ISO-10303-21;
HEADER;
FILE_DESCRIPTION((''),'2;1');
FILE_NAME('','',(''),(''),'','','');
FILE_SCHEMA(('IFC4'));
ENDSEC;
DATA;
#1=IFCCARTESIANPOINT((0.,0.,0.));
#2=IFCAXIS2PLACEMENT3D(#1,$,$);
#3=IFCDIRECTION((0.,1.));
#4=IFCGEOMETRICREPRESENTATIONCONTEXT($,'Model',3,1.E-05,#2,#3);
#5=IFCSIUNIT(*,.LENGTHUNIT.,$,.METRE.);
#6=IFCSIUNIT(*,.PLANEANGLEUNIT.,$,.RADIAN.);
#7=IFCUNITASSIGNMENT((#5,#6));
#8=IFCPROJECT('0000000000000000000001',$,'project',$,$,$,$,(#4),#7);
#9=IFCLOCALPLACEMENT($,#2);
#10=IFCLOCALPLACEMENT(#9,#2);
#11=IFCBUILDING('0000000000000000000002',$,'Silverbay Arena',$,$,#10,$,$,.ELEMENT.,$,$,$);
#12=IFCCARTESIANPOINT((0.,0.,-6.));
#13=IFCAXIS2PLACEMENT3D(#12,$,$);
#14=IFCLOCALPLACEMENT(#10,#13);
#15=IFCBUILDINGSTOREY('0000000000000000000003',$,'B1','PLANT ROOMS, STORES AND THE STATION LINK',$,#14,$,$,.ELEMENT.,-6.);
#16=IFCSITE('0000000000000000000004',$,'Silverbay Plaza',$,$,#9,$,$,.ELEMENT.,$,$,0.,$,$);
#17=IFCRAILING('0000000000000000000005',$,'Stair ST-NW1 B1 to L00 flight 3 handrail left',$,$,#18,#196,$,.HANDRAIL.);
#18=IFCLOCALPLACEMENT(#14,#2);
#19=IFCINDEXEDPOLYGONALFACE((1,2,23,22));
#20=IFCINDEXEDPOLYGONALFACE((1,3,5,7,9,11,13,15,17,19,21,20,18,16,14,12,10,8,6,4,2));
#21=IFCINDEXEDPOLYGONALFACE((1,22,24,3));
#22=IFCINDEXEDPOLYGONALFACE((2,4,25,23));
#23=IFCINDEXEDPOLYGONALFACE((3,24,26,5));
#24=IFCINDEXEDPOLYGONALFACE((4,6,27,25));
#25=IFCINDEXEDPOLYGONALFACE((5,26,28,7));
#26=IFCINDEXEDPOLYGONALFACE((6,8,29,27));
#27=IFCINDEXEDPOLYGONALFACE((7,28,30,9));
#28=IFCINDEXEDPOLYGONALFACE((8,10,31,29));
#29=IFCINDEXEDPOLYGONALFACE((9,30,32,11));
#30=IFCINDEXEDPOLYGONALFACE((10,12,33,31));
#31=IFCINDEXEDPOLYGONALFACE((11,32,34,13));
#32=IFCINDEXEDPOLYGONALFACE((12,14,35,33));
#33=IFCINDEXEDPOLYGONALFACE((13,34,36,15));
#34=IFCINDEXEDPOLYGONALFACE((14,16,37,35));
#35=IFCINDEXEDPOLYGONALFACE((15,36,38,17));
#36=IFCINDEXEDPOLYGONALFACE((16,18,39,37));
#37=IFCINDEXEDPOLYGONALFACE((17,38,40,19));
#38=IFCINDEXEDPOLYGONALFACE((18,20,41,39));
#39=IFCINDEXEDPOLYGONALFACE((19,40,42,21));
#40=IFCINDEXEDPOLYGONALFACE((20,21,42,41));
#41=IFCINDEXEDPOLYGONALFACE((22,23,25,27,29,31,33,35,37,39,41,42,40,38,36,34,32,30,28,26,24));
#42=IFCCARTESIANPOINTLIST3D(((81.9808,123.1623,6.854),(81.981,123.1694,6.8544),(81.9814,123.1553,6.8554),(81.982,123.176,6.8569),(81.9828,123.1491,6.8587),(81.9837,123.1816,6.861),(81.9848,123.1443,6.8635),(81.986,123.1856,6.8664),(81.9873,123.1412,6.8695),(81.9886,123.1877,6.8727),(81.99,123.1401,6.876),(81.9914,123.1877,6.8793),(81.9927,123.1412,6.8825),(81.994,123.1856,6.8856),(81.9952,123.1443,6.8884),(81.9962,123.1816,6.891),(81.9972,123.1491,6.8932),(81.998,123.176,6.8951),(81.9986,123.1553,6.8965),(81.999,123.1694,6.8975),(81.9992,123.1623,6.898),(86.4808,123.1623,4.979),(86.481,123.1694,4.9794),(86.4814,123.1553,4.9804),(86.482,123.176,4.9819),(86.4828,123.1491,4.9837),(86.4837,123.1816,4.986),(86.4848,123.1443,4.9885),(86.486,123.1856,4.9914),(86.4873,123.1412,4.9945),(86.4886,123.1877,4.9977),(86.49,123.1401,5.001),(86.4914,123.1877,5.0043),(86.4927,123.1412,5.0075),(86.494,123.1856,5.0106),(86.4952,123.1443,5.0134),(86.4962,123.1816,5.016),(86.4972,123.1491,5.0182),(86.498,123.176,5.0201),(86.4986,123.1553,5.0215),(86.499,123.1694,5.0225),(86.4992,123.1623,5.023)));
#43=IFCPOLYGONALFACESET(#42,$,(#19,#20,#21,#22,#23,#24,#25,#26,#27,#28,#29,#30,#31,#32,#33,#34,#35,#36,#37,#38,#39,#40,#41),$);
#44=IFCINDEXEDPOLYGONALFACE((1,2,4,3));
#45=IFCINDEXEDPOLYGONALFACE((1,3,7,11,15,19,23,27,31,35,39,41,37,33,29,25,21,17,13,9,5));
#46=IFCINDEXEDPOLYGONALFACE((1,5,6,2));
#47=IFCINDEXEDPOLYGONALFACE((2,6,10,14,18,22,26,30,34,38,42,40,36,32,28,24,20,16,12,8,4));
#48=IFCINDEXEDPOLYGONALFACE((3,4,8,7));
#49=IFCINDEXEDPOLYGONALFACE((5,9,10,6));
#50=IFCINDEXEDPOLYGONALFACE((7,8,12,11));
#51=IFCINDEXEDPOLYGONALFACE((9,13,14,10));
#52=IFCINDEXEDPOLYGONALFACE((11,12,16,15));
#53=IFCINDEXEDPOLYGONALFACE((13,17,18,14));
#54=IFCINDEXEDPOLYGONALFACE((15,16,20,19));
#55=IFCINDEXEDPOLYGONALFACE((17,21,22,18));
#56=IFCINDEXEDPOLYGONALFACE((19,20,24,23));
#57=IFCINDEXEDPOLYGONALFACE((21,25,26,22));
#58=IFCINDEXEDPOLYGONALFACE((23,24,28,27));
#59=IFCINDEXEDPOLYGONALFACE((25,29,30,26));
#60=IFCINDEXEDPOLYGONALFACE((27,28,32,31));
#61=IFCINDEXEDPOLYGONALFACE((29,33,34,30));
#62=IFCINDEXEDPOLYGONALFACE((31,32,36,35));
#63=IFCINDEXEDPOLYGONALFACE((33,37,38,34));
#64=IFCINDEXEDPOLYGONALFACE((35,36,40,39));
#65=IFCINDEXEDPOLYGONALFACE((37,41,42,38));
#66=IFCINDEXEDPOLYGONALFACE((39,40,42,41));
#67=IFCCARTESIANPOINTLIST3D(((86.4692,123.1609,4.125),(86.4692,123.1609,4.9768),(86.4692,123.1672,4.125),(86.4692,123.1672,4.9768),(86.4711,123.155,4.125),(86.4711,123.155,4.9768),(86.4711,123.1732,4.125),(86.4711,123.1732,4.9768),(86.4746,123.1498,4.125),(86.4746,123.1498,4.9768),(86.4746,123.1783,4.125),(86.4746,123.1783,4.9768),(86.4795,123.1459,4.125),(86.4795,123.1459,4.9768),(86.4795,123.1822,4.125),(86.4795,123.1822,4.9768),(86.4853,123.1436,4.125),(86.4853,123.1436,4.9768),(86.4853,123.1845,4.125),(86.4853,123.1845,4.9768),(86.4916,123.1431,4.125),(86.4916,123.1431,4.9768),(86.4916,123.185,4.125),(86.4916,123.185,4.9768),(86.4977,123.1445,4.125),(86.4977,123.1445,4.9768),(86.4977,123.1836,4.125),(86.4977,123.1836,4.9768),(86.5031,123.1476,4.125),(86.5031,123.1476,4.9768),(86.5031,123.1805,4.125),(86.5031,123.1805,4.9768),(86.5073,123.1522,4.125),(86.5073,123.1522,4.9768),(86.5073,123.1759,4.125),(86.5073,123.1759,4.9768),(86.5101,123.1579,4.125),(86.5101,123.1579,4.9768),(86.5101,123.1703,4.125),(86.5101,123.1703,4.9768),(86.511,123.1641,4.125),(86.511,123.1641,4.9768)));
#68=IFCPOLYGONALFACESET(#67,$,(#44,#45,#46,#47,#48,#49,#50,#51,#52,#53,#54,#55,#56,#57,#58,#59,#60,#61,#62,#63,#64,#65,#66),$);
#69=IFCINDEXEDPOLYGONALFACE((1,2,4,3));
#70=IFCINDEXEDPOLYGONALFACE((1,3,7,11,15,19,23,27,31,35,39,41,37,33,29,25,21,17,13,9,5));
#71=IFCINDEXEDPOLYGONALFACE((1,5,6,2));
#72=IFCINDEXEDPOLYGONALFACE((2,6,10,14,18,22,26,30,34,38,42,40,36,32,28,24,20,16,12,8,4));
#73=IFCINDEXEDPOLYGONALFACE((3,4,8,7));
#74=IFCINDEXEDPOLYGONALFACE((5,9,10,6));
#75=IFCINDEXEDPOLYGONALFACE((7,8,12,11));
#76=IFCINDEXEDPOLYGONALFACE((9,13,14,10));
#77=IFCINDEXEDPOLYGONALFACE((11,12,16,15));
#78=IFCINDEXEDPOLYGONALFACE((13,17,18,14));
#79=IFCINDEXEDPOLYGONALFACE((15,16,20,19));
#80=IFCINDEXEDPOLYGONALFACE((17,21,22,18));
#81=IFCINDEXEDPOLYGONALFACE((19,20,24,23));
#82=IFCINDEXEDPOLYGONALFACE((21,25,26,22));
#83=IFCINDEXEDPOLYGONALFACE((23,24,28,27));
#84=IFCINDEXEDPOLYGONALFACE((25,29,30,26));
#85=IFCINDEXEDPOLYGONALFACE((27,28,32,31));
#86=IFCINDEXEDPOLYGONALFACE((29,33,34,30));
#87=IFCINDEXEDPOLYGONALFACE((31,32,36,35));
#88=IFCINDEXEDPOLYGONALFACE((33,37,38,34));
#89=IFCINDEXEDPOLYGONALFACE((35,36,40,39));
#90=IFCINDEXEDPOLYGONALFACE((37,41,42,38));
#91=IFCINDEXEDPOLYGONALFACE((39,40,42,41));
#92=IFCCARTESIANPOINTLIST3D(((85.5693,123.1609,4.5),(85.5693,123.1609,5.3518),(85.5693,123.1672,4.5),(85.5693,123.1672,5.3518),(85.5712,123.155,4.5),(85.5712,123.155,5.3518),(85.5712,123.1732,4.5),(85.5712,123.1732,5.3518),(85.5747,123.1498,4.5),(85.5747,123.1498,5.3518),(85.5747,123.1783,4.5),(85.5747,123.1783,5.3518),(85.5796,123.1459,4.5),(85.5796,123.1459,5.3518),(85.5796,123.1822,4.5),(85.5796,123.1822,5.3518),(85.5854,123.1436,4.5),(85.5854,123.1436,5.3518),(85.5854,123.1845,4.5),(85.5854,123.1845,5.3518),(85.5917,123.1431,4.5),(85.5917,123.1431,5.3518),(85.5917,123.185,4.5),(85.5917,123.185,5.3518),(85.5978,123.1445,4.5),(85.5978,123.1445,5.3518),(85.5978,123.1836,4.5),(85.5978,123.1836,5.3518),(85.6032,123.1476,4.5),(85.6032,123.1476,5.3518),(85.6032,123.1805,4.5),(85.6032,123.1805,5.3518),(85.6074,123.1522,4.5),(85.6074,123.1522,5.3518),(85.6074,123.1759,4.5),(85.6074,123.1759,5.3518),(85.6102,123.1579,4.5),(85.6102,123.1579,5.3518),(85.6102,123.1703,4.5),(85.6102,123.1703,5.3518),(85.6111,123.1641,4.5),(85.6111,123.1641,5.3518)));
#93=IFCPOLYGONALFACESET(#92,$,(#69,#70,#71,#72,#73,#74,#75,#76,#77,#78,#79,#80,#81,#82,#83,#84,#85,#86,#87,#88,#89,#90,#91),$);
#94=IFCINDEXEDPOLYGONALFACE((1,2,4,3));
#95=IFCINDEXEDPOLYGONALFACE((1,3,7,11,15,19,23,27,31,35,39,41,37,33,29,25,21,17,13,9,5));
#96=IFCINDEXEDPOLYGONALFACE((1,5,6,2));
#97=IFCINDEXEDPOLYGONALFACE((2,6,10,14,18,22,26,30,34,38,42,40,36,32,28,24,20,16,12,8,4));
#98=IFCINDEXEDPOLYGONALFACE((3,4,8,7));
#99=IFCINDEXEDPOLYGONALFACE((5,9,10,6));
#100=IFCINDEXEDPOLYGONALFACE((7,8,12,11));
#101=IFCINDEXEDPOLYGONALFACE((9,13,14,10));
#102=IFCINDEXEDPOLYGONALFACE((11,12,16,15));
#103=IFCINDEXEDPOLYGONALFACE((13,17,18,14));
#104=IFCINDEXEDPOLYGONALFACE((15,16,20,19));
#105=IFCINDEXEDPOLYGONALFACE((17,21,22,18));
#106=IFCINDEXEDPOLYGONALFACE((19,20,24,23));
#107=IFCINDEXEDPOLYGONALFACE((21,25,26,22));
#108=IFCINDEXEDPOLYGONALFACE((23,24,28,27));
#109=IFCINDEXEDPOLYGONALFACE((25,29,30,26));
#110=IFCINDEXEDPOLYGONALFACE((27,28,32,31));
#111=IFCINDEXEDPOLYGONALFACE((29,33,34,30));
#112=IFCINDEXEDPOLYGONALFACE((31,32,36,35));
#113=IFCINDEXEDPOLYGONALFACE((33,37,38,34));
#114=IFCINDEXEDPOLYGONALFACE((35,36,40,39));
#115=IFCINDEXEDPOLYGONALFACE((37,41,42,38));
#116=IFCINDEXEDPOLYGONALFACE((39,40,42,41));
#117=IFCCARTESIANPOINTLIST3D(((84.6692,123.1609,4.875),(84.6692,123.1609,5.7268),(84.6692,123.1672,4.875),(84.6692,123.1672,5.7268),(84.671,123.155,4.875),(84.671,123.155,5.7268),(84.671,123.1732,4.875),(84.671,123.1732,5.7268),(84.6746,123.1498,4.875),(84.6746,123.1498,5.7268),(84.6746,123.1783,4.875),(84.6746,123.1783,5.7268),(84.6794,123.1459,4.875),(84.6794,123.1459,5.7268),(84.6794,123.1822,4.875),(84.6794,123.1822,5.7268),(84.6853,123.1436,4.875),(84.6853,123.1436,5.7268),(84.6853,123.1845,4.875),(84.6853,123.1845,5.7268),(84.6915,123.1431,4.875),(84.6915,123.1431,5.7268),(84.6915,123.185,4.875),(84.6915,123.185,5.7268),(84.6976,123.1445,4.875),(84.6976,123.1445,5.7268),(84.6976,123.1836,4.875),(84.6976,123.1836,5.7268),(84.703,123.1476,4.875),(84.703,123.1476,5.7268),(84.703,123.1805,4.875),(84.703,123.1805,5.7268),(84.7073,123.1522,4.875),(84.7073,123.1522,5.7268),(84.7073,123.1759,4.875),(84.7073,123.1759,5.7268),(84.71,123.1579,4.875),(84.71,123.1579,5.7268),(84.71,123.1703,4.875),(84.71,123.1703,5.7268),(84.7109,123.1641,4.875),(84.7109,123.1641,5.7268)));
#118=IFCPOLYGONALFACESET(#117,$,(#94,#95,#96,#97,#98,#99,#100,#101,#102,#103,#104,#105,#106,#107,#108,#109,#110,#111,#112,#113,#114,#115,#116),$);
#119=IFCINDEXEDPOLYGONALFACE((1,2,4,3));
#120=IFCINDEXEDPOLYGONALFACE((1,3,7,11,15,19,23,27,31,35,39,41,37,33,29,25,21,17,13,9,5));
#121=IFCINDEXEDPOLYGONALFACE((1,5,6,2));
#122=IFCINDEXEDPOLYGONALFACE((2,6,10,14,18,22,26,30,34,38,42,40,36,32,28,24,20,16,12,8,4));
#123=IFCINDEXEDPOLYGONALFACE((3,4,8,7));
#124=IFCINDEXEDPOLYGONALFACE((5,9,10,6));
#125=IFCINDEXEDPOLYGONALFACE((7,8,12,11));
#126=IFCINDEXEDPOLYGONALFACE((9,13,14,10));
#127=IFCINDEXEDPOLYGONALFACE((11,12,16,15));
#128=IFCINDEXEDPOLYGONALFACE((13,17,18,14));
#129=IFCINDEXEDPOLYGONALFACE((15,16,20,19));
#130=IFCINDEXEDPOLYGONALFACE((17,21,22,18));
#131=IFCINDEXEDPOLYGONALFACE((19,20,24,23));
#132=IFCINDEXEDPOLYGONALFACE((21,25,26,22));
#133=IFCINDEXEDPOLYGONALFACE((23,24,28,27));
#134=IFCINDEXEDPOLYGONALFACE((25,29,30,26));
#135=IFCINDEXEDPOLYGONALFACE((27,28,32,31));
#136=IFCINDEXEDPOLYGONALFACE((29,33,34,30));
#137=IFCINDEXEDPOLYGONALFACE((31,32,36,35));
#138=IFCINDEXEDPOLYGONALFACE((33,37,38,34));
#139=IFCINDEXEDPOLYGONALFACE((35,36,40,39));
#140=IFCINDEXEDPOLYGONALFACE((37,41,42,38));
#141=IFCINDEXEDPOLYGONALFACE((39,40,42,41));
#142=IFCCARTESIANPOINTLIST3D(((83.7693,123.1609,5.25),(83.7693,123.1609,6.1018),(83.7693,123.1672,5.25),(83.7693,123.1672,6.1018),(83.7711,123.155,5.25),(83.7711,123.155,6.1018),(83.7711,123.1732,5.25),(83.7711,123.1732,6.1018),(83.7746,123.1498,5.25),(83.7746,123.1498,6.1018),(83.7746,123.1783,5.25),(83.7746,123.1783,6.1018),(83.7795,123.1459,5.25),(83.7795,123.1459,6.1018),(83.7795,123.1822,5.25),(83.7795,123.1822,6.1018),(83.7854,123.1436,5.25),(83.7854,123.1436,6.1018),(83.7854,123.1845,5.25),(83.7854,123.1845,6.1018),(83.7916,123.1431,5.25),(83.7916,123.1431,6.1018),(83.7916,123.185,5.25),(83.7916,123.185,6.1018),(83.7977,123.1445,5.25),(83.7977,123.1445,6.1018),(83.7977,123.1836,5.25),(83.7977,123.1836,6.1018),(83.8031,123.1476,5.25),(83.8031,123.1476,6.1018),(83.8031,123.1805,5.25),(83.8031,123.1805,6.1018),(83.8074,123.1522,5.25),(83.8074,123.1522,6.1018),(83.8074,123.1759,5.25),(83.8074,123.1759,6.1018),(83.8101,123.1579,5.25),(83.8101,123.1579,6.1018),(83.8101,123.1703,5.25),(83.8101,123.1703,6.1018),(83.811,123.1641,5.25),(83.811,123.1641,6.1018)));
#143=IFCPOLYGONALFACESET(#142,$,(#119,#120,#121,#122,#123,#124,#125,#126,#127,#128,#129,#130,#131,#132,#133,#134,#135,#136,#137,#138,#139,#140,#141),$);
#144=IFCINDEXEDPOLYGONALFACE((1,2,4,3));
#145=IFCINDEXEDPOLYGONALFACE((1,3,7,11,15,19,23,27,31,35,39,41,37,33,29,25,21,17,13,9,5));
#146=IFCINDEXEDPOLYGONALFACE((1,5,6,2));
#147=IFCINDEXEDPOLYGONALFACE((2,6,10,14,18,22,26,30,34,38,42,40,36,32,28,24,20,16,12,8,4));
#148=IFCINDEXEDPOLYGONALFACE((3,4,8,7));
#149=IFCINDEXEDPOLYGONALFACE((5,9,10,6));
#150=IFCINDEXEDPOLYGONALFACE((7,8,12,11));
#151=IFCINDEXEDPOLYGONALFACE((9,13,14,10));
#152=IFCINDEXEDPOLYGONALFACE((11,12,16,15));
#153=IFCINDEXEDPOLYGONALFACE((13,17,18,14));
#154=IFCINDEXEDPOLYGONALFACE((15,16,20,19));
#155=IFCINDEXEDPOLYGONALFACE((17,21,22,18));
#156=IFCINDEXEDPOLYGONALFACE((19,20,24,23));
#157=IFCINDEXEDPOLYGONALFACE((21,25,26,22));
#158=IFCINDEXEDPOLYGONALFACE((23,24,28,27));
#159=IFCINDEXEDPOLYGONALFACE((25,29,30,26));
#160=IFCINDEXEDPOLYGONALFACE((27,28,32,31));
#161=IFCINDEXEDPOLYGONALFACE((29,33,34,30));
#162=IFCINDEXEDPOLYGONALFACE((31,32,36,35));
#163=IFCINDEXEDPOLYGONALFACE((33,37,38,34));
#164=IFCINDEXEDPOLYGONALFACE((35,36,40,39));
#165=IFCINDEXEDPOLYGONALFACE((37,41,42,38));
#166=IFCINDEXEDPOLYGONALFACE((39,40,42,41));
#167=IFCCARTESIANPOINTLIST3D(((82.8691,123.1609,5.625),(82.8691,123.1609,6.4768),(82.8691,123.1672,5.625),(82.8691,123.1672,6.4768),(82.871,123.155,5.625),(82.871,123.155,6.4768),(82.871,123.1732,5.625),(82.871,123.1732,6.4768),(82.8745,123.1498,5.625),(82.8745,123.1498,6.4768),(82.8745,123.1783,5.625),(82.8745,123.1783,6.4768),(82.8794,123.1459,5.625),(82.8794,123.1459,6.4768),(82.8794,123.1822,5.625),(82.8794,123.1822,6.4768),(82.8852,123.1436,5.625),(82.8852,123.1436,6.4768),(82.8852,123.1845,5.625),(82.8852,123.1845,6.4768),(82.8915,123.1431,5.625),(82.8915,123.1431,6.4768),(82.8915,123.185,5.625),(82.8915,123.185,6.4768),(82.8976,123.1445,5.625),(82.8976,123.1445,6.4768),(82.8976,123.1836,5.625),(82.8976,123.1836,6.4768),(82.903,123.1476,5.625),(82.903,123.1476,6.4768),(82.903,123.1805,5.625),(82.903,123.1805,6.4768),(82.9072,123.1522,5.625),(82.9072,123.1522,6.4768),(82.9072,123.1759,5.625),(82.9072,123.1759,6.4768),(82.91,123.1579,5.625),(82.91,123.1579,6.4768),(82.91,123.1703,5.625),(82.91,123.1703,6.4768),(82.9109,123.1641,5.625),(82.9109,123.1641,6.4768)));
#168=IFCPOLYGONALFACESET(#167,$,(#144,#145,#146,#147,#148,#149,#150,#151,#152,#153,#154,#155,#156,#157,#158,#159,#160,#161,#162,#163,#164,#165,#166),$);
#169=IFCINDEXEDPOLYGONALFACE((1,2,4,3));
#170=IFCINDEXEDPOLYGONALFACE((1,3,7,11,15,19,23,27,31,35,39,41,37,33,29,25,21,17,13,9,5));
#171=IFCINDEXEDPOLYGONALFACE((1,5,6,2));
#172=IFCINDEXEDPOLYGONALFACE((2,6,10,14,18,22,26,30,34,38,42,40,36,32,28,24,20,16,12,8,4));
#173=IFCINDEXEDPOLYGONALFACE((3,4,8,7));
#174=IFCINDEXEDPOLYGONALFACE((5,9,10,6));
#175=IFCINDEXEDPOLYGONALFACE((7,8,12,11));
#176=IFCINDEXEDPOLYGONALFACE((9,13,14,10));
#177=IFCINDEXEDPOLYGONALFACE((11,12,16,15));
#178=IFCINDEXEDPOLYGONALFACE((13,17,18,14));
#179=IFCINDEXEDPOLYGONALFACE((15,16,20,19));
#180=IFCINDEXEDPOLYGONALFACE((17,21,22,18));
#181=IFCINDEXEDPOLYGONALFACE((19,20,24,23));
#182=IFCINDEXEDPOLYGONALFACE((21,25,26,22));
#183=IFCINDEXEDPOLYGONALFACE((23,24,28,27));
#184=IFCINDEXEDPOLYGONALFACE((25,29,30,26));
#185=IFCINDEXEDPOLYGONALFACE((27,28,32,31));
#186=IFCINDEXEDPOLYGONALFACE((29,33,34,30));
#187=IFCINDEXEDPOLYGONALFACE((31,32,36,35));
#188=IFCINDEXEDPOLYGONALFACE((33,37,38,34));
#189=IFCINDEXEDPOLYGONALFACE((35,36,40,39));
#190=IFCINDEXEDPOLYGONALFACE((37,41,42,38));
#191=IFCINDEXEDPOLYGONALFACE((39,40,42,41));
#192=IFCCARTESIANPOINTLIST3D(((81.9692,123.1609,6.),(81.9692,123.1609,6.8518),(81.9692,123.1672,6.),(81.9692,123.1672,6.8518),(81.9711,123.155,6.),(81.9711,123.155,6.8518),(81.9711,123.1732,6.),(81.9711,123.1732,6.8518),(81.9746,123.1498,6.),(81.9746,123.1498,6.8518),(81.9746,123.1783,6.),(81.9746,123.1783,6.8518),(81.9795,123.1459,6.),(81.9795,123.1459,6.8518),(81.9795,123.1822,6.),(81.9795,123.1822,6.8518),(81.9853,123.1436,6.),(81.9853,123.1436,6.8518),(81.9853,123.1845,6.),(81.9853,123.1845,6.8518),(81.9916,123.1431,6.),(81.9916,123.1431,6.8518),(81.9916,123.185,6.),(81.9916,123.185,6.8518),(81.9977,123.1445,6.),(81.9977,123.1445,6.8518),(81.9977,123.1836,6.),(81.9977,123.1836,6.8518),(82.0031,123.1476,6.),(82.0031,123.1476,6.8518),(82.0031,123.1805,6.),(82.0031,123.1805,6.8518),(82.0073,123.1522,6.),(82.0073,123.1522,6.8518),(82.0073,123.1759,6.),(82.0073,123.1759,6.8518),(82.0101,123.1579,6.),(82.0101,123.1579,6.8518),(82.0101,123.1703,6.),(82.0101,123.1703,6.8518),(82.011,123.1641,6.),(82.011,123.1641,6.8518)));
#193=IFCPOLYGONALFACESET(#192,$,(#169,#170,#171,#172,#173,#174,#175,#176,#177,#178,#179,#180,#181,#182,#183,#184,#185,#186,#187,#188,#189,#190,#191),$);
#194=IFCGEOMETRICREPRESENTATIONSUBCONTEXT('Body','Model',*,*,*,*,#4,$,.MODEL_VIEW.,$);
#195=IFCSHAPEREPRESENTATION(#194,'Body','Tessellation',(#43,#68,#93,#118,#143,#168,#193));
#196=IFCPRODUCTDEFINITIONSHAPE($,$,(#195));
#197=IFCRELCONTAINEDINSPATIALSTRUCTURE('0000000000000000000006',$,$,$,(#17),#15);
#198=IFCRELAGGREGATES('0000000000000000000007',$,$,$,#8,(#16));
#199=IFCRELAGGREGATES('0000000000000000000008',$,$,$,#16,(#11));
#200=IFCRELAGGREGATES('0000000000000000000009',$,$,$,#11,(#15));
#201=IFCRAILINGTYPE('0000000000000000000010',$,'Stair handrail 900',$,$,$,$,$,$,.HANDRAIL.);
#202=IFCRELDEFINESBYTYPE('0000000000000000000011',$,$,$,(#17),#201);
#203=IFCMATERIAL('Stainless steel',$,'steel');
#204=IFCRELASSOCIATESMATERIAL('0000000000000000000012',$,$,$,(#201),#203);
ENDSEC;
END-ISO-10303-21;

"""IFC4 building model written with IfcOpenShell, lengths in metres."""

from ifc_helpers import new_model, si_unit, direction, frame, origin, origin_2d, place, context, subcontext, project, spatial, circle, extrude, material, type_object, element, save


model = new_model("IFC4")

# Units and contexts
model_context = context("Model", 3, precision=1e-05, world=origin(), true_north=direction((0.0, 1.0)))
body_context = subcontext(model_context, "Body", "Model", "MODEL_VIEW")
ifc_project = project(units=[si_unit("LENGTHUNIT", "METRE"), si_unit("PLANEANGLEUNIT", "RADIAN")], contexts=[model_context])

# Site, building, storey
site_placement = place(None, origin())
site = spatial("IfcSite", under=ifc_project, at=site_placement, Name="Silverbay Plaza", CompositionType="ELEMENT", RefElevation=0.0)
building_placement = place(site_placement, origin())
building = spatial("IfcBuilding", under=site, at=building_placement, Name="Silverbay Arena", CompositionType="ELEMENT")
storey_placement = place(building_placement, frame((0.0, 0.0, -6.0)))
storey = spatial("IfcBuildingStorey", under=building, at=storey_placement, Name="B1", Description="PLANT ROOMS, STORES AND THE STATION LINK", CompositionType="ELEMENT", Elevation=-6.0)

# Railing
ifc_material_1 = material(Name="Stainless steel", Category="steel")
railing_type_1 = type_object("IfcRailingType", Name="Stair handrail 900", PredefinedType="HANDRAIL", material=ifc_material_1)
for number, where, name in (
    (1, (86.49, 123.1641, 4.125), "Stair ST-NW1 B1 to L00 flight 3 handrail left"),
):
    element("IfcRailing", number, at=place(storey_placement, frame(where)), inside=storey, type_object=railing_type_1, Name=name, PredefinedType="HANDRAIL", context=body_context, shape_type="SweptSolid", body=[
        extrude(circle(Radius=0.0239, at=origin_2d()), frame((0.0, 0.0, 0.876), z_axis=(-0.923077, 0.0, 0.384615), x_axis=(0.0, -1.0, 0.0)), (0.0, 0.0, 1.0), 4.875),
        extrude(circle(Radius=0.021, at=origin_2d()), origin(), (0.0, 0.0, 1.0), 0.8518),
        extrude(circle(Radius=0.021, at=origin_2d()), frame((-0.8999, 0.0, 0.375)), (0.0, 0.0, 1.0), 0.8518),
        extrude(circle(Radius=0.021, at=origin_2d()), frame((-1.8, 0.0, 0.75)), (0.0, 0.0, 1.0), 0.8518),
        extrude(circle(Radius=0.021, at=origin_2d()), frame((-2.7, 0.0, 1.125)), (0.0, 0.0, 1.0), 0.8518),
        extrude(circle(Radius=0.021, at=origin_2d()), frame((-3.6001, 0.0, 1.5)), (0.0, 0.0, 1.0), 0.8518),
        extrude(circle(Radius=0.021, at=origin_2d()), frame((-4.5, 0.0, 1.875)), (0.0, 0.0, 1.0), 0.8518),
    ])

save(model, "model.ifc")
